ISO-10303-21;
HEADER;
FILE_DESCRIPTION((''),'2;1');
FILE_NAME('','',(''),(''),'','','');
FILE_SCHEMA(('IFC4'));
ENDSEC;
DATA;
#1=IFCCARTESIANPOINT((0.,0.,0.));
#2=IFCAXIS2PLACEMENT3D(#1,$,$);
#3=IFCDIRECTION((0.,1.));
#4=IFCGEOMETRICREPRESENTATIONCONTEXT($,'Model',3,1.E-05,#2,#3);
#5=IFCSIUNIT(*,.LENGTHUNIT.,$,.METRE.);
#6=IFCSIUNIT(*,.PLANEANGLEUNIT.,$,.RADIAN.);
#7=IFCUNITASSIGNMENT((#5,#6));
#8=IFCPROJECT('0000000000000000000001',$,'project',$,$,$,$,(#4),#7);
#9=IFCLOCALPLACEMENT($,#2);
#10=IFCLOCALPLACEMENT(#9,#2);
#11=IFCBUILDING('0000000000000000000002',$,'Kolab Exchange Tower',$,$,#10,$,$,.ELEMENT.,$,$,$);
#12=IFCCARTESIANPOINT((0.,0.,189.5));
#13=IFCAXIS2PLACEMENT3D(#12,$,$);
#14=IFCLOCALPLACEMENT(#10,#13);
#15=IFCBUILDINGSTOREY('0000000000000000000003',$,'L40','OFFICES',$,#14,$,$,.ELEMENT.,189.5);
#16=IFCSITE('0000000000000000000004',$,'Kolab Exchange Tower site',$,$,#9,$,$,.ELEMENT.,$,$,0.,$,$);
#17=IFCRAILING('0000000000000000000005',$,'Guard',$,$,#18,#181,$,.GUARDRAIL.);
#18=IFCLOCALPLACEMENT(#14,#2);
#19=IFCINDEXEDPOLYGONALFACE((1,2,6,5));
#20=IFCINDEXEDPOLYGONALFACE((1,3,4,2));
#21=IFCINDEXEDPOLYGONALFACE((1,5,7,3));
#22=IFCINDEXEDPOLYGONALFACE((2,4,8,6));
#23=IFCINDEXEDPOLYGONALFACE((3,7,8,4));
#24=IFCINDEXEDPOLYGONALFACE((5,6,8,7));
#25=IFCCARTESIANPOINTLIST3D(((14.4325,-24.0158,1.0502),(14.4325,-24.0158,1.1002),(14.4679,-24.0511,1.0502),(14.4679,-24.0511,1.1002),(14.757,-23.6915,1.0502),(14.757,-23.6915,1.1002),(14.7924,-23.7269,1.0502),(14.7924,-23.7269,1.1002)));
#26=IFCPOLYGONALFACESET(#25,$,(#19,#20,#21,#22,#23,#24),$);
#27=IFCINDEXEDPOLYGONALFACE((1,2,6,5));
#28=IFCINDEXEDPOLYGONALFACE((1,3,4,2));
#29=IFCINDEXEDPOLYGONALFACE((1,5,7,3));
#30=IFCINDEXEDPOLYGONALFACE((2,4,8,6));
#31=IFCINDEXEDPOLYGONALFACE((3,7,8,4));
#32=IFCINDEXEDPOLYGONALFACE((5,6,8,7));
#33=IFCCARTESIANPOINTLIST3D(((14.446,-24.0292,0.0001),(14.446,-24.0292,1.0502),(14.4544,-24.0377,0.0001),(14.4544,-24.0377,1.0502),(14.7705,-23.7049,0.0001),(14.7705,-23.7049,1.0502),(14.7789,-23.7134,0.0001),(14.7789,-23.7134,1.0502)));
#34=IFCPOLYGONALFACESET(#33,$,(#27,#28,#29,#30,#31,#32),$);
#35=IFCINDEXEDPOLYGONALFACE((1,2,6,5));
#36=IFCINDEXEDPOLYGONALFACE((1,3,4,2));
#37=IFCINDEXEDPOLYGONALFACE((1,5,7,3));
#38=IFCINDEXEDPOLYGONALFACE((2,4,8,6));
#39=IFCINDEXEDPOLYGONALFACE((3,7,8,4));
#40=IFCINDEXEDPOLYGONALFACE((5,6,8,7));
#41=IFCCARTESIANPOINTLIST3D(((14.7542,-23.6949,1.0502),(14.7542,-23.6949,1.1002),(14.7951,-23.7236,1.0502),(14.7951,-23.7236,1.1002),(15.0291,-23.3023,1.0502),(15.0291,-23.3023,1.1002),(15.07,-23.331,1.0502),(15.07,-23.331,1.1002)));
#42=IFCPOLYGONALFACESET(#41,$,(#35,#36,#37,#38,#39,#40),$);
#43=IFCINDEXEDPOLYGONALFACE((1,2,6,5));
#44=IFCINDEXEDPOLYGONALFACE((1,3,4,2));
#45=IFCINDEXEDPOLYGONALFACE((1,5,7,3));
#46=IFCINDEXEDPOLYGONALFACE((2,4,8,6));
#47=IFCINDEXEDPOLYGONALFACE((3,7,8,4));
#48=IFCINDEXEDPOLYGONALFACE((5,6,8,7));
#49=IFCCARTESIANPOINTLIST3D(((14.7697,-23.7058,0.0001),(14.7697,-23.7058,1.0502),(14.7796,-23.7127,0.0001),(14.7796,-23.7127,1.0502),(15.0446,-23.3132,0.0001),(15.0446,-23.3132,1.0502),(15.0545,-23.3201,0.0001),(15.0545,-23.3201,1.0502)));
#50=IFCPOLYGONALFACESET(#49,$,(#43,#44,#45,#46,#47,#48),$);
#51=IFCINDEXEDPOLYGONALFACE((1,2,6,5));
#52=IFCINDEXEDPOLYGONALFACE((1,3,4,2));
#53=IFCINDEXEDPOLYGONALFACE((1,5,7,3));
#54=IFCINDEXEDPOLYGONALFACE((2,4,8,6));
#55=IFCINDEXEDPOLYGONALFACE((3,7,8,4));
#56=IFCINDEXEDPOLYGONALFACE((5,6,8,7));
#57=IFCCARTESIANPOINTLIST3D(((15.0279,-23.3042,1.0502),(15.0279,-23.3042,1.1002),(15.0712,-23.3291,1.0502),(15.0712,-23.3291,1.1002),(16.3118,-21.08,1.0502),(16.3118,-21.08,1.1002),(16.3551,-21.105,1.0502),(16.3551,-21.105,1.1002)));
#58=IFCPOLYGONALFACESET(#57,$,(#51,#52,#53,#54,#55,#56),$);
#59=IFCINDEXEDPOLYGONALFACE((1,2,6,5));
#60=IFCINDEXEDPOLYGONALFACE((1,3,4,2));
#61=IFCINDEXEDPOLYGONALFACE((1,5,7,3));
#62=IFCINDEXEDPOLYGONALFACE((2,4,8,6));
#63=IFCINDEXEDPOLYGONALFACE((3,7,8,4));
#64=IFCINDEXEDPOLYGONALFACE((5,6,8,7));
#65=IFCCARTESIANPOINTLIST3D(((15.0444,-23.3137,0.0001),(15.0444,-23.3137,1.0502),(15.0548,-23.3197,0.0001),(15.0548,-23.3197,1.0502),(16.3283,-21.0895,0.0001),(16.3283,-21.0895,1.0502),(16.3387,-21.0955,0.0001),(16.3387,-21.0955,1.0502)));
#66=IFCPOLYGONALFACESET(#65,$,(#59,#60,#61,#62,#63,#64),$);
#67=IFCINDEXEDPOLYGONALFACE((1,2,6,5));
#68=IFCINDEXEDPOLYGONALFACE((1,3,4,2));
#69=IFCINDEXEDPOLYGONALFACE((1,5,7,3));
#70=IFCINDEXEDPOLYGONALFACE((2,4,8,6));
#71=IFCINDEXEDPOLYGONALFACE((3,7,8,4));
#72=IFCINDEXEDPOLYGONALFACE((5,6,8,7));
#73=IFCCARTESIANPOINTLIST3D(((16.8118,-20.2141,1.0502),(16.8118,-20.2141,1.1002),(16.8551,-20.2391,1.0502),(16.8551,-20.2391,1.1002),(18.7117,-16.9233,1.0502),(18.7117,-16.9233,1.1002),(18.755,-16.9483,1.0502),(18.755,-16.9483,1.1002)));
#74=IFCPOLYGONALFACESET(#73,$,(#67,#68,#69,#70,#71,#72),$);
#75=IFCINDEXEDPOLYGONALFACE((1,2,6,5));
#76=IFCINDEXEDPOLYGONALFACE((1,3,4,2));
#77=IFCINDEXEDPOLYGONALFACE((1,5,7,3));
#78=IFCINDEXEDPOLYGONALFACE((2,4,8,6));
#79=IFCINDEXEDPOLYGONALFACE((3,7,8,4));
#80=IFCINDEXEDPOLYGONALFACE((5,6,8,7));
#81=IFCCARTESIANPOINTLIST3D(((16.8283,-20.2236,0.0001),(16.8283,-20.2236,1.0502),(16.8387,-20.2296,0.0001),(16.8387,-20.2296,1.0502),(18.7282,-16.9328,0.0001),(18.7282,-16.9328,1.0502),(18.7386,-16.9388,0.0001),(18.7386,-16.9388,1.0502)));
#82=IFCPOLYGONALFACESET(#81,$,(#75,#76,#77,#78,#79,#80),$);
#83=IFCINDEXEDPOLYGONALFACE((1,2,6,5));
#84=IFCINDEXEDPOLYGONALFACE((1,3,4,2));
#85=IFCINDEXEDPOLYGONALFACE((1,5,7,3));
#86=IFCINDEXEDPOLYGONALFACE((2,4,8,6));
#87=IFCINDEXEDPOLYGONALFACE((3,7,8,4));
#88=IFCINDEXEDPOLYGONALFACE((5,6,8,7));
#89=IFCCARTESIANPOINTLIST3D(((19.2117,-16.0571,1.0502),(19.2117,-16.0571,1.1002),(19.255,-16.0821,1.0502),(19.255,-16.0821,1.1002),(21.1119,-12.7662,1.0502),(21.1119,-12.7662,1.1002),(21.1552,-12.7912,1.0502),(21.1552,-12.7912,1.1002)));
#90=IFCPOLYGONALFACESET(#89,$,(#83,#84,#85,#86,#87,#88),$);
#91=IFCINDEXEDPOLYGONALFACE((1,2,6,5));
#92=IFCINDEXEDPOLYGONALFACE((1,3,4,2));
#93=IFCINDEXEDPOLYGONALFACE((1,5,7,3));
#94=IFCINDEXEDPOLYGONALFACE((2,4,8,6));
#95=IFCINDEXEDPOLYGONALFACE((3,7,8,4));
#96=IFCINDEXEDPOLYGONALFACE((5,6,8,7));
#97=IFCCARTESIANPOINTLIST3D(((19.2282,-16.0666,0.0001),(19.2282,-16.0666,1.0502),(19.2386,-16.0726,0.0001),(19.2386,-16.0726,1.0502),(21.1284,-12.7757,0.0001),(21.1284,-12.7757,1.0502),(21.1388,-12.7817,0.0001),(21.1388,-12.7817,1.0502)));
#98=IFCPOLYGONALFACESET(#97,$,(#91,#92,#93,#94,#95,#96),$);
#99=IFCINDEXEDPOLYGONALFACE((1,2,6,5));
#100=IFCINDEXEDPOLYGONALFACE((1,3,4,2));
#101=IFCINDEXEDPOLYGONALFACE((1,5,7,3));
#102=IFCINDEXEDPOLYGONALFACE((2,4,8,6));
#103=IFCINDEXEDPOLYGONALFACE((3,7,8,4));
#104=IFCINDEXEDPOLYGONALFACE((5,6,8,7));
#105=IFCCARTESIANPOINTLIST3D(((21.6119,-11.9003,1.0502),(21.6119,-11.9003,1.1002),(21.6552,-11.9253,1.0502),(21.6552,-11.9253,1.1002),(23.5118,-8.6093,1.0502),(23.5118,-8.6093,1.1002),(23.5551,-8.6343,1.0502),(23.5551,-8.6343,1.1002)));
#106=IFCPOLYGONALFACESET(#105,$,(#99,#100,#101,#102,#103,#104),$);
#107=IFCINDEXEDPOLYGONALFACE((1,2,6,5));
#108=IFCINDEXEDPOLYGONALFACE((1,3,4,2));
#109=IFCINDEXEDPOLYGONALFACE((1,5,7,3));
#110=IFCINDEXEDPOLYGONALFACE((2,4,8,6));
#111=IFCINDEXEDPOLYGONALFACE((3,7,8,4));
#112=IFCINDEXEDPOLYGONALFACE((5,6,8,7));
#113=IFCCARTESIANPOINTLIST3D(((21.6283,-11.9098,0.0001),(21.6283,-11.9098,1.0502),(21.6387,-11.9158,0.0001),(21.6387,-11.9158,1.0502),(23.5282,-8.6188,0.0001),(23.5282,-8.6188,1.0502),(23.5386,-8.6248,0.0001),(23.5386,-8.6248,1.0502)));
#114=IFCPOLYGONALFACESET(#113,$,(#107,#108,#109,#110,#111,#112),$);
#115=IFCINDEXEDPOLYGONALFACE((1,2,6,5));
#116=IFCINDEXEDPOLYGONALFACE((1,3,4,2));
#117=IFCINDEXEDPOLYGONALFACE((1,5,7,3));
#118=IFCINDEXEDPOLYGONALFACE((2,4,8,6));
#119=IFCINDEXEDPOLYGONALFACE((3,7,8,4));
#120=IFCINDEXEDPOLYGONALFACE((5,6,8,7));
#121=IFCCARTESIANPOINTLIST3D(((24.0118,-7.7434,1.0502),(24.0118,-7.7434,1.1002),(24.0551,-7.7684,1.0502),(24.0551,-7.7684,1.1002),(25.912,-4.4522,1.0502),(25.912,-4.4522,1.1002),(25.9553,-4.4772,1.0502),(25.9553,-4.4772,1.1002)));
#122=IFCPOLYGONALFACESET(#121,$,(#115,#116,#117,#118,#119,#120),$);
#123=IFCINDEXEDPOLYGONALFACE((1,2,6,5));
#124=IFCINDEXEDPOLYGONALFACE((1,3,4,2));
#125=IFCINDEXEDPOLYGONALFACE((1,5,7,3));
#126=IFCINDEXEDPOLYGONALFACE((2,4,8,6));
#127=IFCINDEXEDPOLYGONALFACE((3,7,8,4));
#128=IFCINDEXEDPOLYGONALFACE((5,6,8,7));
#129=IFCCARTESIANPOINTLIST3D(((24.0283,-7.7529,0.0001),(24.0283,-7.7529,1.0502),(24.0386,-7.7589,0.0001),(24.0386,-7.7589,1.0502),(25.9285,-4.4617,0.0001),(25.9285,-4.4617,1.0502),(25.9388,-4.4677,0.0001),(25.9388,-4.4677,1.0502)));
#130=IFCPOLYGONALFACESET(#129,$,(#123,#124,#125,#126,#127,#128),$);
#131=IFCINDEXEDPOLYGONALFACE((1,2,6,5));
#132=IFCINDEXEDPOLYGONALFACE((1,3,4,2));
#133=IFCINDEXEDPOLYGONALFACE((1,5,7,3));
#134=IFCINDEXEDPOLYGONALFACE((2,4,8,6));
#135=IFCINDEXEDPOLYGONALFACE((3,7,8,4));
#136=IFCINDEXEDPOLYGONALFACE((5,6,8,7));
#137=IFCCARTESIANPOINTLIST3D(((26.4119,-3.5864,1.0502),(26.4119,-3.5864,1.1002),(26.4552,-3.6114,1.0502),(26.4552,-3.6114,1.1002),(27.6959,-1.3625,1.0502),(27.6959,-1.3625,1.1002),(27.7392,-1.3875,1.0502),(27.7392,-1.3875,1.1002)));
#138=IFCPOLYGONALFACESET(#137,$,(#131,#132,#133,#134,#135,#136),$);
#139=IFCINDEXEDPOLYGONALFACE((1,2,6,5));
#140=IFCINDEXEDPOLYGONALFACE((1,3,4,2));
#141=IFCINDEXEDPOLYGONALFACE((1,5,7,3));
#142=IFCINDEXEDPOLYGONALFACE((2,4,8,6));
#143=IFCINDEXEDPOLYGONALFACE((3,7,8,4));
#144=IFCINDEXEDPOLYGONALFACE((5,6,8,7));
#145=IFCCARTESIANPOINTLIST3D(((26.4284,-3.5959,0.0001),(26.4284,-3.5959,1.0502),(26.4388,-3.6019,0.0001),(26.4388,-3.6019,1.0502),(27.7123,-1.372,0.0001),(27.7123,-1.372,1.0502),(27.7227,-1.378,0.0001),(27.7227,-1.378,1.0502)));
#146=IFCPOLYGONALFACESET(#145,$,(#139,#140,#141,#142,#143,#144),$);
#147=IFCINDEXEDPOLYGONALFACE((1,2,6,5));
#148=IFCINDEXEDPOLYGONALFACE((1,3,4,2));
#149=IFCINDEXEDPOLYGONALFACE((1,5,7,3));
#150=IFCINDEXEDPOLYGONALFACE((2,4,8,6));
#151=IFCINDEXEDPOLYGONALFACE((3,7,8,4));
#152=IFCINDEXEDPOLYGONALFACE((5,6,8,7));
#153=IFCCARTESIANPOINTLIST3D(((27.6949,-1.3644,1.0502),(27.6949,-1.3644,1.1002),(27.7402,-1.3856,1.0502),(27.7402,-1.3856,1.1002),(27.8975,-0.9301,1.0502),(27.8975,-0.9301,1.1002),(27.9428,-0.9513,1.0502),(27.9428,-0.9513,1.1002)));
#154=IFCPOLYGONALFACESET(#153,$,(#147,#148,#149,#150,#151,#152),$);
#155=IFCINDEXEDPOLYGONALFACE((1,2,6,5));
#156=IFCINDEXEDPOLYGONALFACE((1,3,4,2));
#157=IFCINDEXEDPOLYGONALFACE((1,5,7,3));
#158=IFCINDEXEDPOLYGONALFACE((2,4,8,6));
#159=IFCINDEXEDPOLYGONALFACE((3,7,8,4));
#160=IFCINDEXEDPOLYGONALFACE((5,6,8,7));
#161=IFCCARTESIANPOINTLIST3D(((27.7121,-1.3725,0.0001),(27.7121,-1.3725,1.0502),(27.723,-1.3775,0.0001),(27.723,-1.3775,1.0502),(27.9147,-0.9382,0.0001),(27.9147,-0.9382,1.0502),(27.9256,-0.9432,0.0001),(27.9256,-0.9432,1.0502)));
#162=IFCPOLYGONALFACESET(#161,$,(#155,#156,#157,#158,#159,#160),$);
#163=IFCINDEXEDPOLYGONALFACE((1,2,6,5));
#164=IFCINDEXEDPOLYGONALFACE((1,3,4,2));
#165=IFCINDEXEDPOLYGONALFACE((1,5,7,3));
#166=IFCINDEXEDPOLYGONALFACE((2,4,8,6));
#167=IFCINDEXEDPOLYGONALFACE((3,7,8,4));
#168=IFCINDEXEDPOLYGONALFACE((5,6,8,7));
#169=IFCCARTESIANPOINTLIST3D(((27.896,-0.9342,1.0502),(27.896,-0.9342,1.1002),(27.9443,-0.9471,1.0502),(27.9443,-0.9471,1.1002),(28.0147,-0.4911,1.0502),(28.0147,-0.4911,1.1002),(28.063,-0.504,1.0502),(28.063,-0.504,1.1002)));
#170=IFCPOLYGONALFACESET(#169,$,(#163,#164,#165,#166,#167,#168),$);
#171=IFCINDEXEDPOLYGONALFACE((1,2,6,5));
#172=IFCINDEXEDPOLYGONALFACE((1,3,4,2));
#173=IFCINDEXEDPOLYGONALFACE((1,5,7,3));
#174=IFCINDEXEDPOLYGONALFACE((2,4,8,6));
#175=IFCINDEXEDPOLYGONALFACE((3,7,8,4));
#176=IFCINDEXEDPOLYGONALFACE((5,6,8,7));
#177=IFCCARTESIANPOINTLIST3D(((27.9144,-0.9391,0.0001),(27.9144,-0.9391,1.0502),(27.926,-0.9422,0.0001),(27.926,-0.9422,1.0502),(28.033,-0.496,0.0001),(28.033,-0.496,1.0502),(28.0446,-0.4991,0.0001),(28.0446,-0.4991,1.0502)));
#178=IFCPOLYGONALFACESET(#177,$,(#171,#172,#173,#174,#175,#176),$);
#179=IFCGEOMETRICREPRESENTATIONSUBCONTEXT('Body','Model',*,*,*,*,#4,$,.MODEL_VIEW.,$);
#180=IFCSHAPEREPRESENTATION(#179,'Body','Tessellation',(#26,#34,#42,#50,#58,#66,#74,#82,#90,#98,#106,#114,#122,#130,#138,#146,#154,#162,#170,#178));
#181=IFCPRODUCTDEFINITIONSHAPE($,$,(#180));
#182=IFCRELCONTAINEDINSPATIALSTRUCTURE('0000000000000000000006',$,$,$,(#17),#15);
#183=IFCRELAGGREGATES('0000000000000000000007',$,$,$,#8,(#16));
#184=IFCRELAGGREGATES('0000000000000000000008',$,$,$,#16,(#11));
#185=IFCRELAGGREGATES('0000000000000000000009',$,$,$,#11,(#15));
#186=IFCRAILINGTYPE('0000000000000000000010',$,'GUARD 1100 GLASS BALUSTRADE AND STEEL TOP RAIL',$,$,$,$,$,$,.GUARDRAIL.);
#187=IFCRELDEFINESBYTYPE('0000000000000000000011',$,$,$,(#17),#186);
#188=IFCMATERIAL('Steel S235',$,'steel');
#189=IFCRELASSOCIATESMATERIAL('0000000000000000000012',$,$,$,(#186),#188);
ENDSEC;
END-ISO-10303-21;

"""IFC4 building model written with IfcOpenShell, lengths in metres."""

from ifc_helpers import new_model, si_unit, direction, frame, frame_2d, origin, origin_2d, place, context, subcontext, project, spatial, rectangle, extrude, material, type_object, element, save


model = new_model("IFC4")

# Units and contexts
model_context = context("Model", 3, precision=1e-05, world=origin(), true_north=direction((0.0, 1.0)))
body_context = subcontext(model_context, "Body", "Model", "MODEL_VIEW")
ifc_project = project(units=[si_unit("LENGTHUNIT", "METRE"), si_unit("PLANEANGLEUNIT", "RADIAN")], contexts=[model_context])

# Site, building, storey
site_placement = place(None, origin())
site = spatial("IfcSite", under=ifc_project, at=site_placement, Name="Kolab Exchange Tower site", CompositionType="ELEMENT", RefElevation=0.0)
building_placement = place(site_placement, origin())
building = spatial("IfcBuilding", under=site, at=building_placement, Name="Kolab Exchange Tower", CompositionType="ELEMENT")
storey_placement = place(building_placement, frame((0.0, 0.0, 189.5)))
storey = spatial("IfcBuildingStorey", under=building, at=storey_placement, Name="L40", Description="OFFICES", CompositionType="ELEMENT", Elevation=189.5)

# Railing
ifc_material_1 = material(Name="Steel S235", Category="steel")
railing_type = type_object("IfcRailingType", Name="GUARD 1100 GLASS BALUSTRADE AND STEEL TOP RAIL", PredefinedType="GUARDRAIL", material=ifc_material_1)
railing_placement = place(storey_placement, frame((14.4502, -24.0334, 0.0)))
element("IfcRailing", 1, at=railing_placement, inside=storey, type_object=railing_type, Name="Guard", PredefinedType="GUARDRAIL", context=body_context, shape_type="SweptSolid", body=[
    extrude(rectangle(XDim=0.05, YDim=0.05, at=origin_2d()), frame((0.0, 0.0, 1.0752), z_axis=(0.707373, 0.706841, 0.0), x_axis=(-0.706841, 0.707373, 0.0)), (0.0, 0.0, 1.0), 0.4587),
    extrude(rectangle(XDim=0.012, YDim=1.0501, at=frame_2d((0.0, 0.5251))), frame((0.0, 0.0, 0.0), z_axis=(0.707373, 0.706841, 0.0), x_axis=(-0.706841, 0.707373, 0.0)), (0.0, 0.0, 1.0), 0.4587),
    extrude(rectangle(XDim=0.05, YDim=0.05, at=origin_2d()), frame((0.3245, 0.3242, 1.0752), z_axis=(0.573599, 0.819136, 0.0), x_axis=(-0.819136, 0.573599, 0.0)), (0.0, 0.0, 1.0), 0.4792),
    extrude(rectangle(XDim=0.012, YDim=1.0501, at=frame_2d((0.0, 0.5251))), frame((0.3245, 0.3242, 0.0), z_axis=(0.573599, 0.819136, 0.0), x_axis=(-0.819136, 0.573599, 0.0)), (0.0, 0.0, 1.0), 0.4792),
    extrude(rectangle(XDim=0.05, YDim=0.05, at=origin_2d()), frame((0.5994, 0.7168, 1.0752), z_axis=(0.499953, 0.866053, 0.0), x_axis=(-0.866053, 0.499953, 0.0)), (0.0, 0.0, 1.0), 2.5681),
    extrude(rectangle(XDim=0.012, YDim=1.0501, at=frame_2d((0.0, 0.5251))), frame((0.5994, 0.7168, 0.0), z_axis=(0.499953, 0.866053, 0.0), x_axis=(-0.866053, 0.499953, 0.0)), (0.0, 0.0, 1.0), 2.5681),
    extrude(rectangle(XDim=0.05, YDim=0.05, at=origin_2d()), frame((2.3833, 3.8069, 1.0752), z_axis=(0.499995, 0.866028, 0.0), x_axis=(-0.866028, 0.499995, 0.0)), (0.0, 0.0, 1.0), 3.7998),
    extrude(rectangle(XDim=0.012, YDim=1.0501, at=frame_2d((0.0, 0.5251))), frame((2.3833, 3.8069, 0.0), z_axis=(0.499995, 0.866028, 0.0), x_axis=(-0.866028, 0.499995, 0.0)), (0.0, 0.0, 1.0), 3.7998),
    extrude(rectangle(XDim=0.05, YDim=0.05, at=origin_2d()), frame((4.7832, 7.9639, 1.0752), z_axis=(0.500043, 0.866, 0.0), x_axis=(-0.866, 0.500043, 0.0)), (0.0, 0.0, 1.0), 3.8),
    extrude(rectangle(XDim=0.012, YDim=1.0501, at=frame_2d((0.0, 0.5251))), frame((4.7832, 7.9639, 0.0), z_axis=(0.500043, 0.866, 0.0), x_axis=(-0.866, 0.500043, 0.0)), (0.0, 0.0, 1.0), 3.8),
    extrude(rectangle(XDim=0.05, YDim=0.05, at=origin_2d()), frame((7.1833, 12.1206, 1.0752), z_axis=(0.499967, 0.866044, 0.0), x_axis=(-0.866044, 0.499967, 0.0)), (0.0, 0.0, 1.0), 3.8),
    extrude(rectangle(XDim=0.012, YDim=1.0501, at=frame_2d((0.0, 0.5251))), frame((7.1833, 12.1206, 0.0), z_axis=(0.499967, 0.866044, 0.0), x_axis=(-0.866044, 0.499967, 0.0)), (0.0, 0.0, 1.0), 3.8),
    extrude(rectangle(XDim=0.05, YDim=0.05, at=origin_2d()), frame((9.5833, 16.2776, 1.0752), z_axis=(0.500015, 0.866017, 0.0), x_axis=(-0.866017, 0.500015, 0.0)), (0.0, 0.0, 1.0), 3.8003),
    extrude(rectangle(XDim=0.012, YDim=1.0501, at=frame_2d((0.0, 0.5251))), frame((9.5833, 16.2776, 0.0), z_axis=(0.500015, 0.866017, 0.0), x_axis=(-0.866017, 0.500015, 0.0)), (0.0, 0.0, 1.0), 3.8003),
    extrude(rectangle(XDim=0.05, YDim=0.05, at=origin_2d()), frame((11.9834, 20.4346, 1.0752), z_axis=(0.499994, 0.866029, 0.0), x_axis=(-0.866029, 0.499994, 0.0)), (0.0, 0.0, 1.0), 2.5679),
    extrude(rectangle(XDim=0.012, YDim=1.0501, at=frame_2d((0.0, 0.5251))), frame((11.9834, 20.4346, 0.0), z_axis=(0.499994, 0.866029, 0.0), x_axis=(-0.866029, 0.499994, 0.0)), (0.0, 0.0, 1.0), 2.5679),
    extrude(rectangle(XDim=0.05, YDim=0.05, at=origin_2d()), frame((13.2673, 22.6584, 1.0752), z_axis=(0.422802, 0.906222, 0.0), x_axis=(-0.906222, 0.422802, 0.0)), (0.0, 0.0, 1.0), 0.4792),
    extrude(rectangle(XDim=0.012, YDim=1.0501, at=frame_2d((0.0, 0.5251))), frame((13.2673, 22.6584, 0.0), z_axis=(0.422802, 0.906222, 0.0), x_axis=(-0.906222, 0.422802, 0.0)), (0.0, 0.0, 1.0), 0.4792),
    extrude(rectangle(XDim=0.05, YDim=0.05, at=origin_2d()), frame((13.47, 23.0928, 1.0752), z_axis=(0.258656, 0.965969, 0.0), x_axis=(-0.965969, 0.258656, 0.0)), (0.0, 0.0, 1.0), 0.4587),
    extrude(rectangle(XDim=0.012, YDim=1.0501, at=frame_2d((0.0, 0.5251))), frame((13.47, 23.0928, 0.0), z_axis=(0.258656, 0.965969, 0.0), x_axis=(-0.965969, 0.258656, 0.0)), (0.0, 0.0, 1.0), 0.4587),
])

save(model, "model.ifc")
